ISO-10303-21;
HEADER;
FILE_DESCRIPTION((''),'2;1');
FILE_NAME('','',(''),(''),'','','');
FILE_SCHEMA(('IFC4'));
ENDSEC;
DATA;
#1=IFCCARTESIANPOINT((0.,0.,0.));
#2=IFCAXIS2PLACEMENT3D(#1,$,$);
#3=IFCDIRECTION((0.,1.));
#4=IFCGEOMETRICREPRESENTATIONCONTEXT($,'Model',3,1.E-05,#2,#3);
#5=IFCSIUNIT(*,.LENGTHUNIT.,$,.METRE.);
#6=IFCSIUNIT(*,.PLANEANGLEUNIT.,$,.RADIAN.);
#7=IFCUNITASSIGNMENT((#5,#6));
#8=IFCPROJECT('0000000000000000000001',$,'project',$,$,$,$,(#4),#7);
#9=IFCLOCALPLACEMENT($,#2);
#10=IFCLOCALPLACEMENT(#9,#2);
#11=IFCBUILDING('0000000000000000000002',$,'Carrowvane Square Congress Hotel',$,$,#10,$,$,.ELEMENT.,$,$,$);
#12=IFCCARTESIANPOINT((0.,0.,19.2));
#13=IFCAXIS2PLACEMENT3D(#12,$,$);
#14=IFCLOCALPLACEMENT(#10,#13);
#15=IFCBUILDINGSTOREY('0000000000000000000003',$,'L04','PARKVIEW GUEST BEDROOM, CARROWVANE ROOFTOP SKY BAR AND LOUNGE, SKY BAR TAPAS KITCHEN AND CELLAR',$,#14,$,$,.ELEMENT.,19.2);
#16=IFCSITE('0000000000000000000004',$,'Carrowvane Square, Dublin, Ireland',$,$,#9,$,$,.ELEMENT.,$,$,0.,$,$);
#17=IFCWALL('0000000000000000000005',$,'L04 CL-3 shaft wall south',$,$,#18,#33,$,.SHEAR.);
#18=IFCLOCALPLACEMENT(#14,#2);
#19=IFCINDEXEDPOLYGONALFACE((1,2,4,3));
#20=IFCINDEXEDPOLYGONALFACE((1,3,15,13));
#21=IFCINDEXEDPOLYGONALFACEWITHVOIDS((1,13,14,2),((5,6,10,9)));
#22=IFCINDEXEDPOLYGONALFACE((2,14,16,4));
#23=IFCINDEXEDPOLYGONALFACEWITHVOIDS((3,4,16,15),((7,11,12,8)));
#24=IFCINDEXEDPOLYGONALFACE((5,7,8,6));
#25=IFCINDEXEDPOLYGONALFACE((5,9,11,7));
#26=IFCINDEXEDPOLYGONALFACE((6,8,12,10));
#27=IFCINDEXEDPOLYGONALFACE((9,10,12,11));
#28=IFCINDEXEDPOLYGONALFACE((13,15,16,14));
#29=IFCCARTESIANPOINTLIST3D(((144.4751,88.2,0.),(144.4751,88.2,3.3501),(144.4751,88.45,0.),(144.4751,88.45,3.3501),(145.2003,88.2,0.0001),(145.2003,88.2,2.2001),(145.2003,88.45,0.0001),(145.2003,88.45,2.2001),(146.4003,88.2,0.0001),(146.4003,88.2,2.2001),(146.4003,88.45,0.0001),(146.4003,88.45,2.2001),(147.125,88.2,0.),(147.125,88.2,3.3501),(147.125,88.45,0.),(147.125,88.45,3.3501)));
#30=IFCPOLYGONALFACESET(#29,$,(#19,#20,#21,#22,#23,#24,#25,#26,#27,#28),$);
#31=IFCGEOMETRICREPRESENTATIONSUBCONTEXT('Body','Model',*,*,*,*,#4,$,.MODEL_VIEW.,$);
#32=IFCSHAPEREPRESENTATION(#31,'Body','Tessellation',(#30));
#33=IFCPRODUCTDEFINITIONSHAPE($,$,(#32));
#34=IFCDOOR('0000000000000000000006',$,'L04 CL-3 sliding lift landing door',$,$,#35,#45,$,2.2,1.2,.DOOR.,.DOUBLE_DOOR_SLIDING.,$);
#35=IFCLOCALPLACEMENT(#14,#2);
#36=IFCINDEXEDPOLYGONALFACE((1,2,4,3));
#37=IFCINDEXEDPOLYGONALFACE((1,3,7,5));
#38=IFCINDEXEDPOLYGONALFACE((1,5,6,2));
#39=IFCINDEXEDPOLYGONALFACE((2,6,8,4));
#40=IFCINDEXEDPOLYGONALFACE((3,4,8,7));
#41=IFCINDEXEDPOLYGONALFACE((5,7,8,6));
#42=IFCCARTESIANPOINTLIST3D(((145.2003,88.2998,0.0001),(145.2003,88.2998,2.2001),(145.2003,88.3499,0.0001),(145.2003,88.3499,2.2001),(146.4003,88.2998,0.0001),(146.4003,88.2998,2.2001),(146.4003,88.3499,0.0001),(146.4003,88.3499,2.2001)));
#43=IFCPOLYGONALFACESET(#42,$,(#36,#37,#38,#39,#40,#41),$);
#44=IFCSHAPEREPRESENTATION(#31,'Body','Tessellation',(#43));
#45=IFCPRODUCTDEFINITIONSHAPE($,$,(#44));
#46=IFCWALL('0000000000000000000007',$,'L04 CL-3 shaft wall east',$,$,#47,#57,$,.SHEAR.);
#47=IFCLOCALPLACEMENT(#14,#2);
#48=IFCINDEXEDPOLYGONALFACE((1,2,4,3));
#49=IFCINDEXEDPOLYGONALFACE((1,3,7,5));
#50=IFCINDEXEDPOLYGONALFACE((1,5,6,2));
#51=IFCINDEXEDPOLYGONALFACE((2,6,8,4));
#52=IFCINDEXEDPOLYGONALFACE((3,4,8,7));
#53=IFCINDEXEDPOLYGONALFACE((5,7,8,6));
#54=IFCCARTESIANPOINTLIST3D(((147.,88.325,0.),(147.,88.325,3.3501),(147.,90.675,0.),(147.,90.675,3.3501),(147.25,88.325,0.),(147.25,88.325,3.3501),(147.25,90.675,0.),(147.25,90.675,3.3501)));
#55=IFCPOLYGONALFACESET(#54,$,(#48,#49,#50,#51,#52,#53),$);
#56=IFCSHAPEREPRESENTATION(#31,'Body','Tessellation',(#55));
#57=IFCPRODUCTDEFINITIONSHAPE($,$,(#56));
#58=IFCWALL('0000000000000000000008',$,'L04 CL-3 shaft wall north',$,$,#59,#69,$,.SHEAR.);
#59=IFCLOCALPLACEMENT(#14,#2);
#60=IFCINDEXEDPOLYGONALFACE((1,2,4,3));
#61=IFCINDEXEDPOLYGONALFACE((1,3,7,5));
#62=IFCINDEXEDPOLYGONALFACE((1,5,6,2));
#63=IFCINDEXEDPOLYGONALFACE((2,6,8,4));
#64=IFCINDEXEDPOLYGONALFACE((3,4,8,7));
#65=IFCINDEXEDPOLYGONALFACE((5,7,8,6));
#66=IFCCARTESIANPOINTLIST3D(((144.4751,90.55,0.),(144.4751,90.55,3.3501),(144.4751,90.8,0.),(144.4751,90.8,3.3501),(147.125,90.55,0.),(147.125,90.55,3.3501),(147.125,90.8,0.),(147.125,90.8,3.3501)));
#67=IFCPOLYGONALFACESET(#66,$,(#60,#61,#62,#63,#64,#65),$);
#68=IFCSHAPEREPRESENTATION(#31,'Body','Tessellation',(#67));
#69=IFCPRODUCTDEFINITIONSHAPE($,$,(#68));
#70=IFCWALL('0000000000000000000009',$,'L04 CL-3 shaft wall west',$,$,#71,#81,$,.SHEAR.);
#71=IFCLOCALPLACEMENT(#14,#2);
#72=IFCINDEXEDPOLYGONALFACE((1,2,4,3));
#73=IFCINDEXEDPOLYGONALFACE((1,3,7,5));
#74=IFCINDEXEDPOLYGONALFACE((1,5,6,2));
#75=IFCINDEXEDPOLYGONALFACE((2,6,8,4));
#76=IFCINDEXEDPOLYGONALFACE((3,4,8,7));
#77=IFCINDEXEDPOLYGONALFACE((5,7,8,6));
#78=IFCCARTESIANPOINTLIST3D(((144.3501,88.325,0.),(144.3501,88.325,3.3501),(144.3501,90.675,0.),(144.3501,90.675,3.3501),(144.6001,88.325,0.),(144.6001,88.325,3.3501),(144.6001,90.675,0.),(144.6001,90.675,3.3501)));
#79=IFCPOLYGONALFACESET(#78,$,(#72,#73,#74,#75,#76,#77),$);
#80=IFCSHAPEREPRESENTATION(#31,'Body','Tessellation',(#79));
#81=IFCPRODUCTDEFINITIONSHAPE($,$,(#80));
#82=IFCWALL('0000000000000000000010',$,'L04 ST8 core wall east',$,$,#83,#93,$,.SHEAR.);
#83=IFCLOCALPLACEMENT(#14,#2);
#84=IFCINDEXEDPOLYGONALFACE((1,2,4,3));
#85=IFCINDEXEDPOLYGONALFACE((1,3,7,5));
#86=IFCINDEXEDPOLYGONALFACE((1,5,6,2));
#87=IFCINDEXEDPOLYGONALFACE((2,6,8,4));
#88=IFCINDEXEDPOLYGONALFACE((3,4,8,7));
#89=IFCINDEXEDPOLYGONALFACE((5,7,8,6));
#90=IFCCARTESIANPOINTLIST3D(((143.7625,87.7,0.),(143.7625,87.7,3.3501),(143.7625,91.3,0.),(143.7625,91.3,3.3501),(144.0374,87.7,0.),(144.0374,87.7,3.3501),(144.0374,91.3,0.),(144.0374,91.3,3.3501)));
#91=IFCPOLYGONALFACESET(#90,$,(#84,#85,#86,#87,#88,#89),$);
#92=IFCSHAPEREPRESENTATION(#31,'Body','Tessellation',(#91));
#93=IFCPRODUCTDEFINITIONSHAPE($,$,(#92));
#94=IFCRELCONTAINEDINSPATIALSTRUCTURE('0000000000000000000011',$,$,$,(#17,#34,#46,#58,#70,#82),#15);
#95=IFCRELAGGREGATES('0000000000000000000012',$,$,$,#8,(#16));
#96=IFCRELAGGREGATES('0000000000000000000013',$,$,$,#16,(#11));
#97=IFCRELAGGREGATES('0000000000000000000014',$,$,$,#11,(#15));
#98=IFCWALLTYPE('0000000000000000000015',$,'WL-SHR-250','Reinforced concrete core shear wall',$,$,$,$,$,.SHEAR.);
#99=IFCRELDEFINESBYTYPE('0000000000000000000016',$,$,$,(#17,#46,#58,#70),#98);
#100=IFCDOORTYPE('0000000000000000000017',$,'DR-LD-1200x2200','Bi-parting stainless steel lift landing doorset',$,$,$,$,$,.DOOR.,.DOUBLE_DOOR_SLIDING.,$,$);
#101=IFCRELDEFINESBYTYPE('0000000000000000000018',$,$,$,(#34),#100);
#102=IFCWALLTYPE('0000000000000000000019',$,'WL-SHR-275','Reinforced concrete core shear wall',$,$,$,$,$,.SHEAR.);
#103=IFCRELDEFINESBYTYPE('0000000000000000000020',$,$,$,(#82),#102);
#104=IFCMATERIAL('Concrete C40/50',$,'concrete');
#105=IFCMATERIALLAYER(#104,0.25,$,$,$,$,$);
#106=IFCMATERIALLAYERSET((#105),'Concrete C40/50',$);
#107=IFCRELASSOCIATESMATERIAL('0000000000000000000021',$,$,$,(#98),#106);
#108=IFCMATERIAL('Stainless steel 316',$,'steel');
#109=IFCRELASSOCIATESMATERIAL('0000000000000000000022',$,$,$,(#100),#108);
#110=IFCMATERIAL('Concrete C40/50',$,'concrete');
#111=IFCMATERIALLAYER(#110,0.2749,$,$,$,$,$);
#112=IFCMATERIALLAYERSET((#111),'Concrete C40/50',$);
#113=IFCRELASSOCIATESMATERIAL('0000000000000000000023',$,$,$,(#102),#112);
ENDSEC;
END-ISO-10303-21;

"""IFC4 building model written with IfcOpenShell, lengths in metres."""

from ifc_helpers import new_model, si_unit, direction, frame, frame_2d, origin, place, context, subcontext, project, spatial, rectangle, extrude, material, layer, layer_set, type_object, element, fill, save


model = new_model("IFC4")

# Units and contexts
model_context = context("Model", 3, precision=1e-05, world=origin(), true_north=direction((0.0, 1.0)))
body_context = subcontext(model_context, "Body", "Model", "MODEL_VIEW")
ifc_project = project(units=[si_unit("LENGTHUNIT", "METRE"), si_unit("PLANEANGLEUNIT", "RADIAN")], contexts=[model_context])

# Site, building, storey
site_placement = place(None, origin())
site = spatial("IfcSite", under=ifc_project, at=site_placement, Name="Carrowvane Square, Dublin, Ireland", CompositionType="ELEMENT", RefElevation=0.0)
building_placement = place(site_placement, origin())
building = spatial("IfcBuilding", under=site, at=building_placement, Name="Carrowvane Square Congress Hotel", CompositionType="ELEMENT")
storey_placement = place(building_placement, frame((0.0, 0.0, 19.2)))
storey = spatial("IfcBuildingStorey", under=building, at=storey_placement, Name="L04", Description="PARKVIEW GUEST BEDROOM, CARROWVANE ROOFTOP SKY BAR AND LOUNGE, SKY BAR TAPAS KITCHEN AND CELLAR", CompositionType="ELEMENT", Elevation=19.2)

# Wall, opening, door
ifc_material_1 = material(Name="Concrete C40/50", Category="concrete")
ifc_layer_1 = layer(ifc_material_1, 0.25)
ifc_layer_set_1 = layer_set([ifc_layer_1], Name="Concrete C40/50")
wall_type_1 = type_object("IfcWallType", Name="WL-SHR-250", Description="Reinforced concrete core shear wall", PredefinedType="SHEAR", material=ifc_layer_set_1)
wall_1_placement = place(storey_placement, frame((144.4751, 88.325, 0.0), z_axis=(0.0, 0.0, 1.0), x_axis=(1.0, 0.0, 0.0)))
wall_1 = element("IfcWall", 1, at=wall_1_placement, inside=storey, type_object=wall_type_1, Name="L04 CL-3 shaft wall south", PredefinedType="SHEAR", context=body_context, shape_type="SweptSolid", body=[
    extrude(rectangle(XDim=2.6499, YDim=0.25, at=frame_2d((1.325, 0.0))), origin(), (0.0, 0.0, 1.0), 3.3501),
])
opening_1_placement = place(wall_1_placement, frame((0.7251, 0.0, 0.0)))
opening_1 = element("IfcOpeningElement", 2, at=opening_1_placement, cuts=wall_1, PredefinedType="OPENING", context=body_context, shape_type="SweptSolid", body=[
    extrude(rectangle(XDim=1.2, YDim=2.2, at=frame_2d((0.6001, 1.1001))), frame((0.0, 0.135, 0.0), z_axis=(0.0, -1.0, 0.0), x_axis=(1.0, 0.0, 0.0)), (0.0, 0.0, 1.0), 0.27),
])
ifc_material_2 = material(Name="Stainless steel 316", Category="steel")
door_type_1 = type_object("IfcDoorType", Name="DR-LD-1200x2200", Description="Bi-parting stainless steel lift landing doorset", OperationType="DOUBLE_DOOR_SLIDING", PredefinedType="DOOR", material=ifc_material_2)
door_1_placement = place(opening_1_placement, origin())
door_1 = element("IfcDoor", 3, at=door_1_placement, inside=storey, type_object=door_type_1, Name="L04 CL-3 sliding lift landing door", OperationType="DOUBLE_DOOR_SLIDING", OverallHeight=2.2, OverallWidth=1.2, PredefinedType="DOOR", context=body_context, shape_type="SweptSolid", body=[
    extrude(rectangle(XDim=1.2, YDim=2.2, at=frame_2d((0.6001, 1.1001))), frame((0.0, 0.0249, 0.0), z_axis=(0.0, -1.0, 0.0), x_axis=(1.0, 0.0, 0.0)), (0.0, 0.0, 1.0), 0.05),
])
fill(opening_1, door_1)

# Walls
wall_2_placement = place(storey_placement, frame((147.125, 88.325, 0.0), z_axis=(0.0, 0.0, 1.0), x_axis=(0.0, 1.0, 0.0)))
element("IfcWall", 4, at=wall_2_placement, inside=storey, type_object=wall_type_1, Name="L04 CL-3 shaft wall east", PredefinedType="SHEAR", context=body_context, shape_type="SweptSolid", body=[
    extrude(rectangle(XDim=2.3501, YDim=0.25, at=frame_2d((1.175, 0.0))), origin(), (0.0, 0.0, 1.0), 3.3501),
])
wall_3_placement = place(storey_placement, frame((147.125, 90.675, 0.0), z_axis=(0.0, 0.0, 1.0), x_axis=(-1.0, 0.0, 0.0)))
element("IfcWall", 5, at=wall_3_placement, inside=storey, type_object=wall_type_1, Name="L04 CL-3 shaft wall north", PredefinedType="SHEAR", context=body_context, shape_type="SweptSolid", body=[
    extrude(rectangle(XDim=2.6499, YDim=0.25, at=frame_2d((1.325, 0.0))), origin(), (0.0, 0.0, 1.0), 3.3501),
])
wall_4_placement = place(storey_placement, frame((144.4751, 90.675, 0.0), z_axis=(0.0, 0.0, 1.0), x_axis=(0.0, -1.0, 0.0)))
element("IfcWall", 6, at=wall_4_placement, inside=storey, type_object=wall_type_1, Name="L04 CL-3 shaft wall west", PredefinedType="SHEAR", context=body_context, shape_type="SweptSolid", body=[
    extrude(rectangle(XDim=2.3501, YDim=0.25, at=frame_2d((1.175, 0.0))), origin(), (0.0, 0.0, 1.0), 3.3501),
])
ifc_material_3 = material(Name="Concrete C40/50", Category="concrete")
ifc_layer_2 = layer(ifc_material_3, 0.2749)
ifc_layer_set_2 = layer_set([ifc_layer_2], Name="Concrete C40/50")
wall_type_2 = type_object("IfcWallType", Name="WL-SHR-275", Description="Reinforced concrete core shear wall", PredefinedType="SHEAR", material=ifc_layer_set_2)
wall_5_placement = place(storey_placement, frame((143.8999, 87.7, 0.0), z_axis=(0.0, 0.0, 1.0), x_axis=(0.0, 1.0, 0.0)))
element("IfcWall", 7, at=wall_5_placement, inside=storey, type_object=wall_type_2, Name="L04 ST8 core wall east", PredefinedType="SHEAR", context=body_context, shape_type="SweptSolid", body=[
    extrude(rectangle(XDim=3.6001, YDim=0.2749, at=frame_2d((1.8, 0.0))), origin(), (0.0, 0.0, 1.0), 3.3501),
])

save(model, "model.ifc")
